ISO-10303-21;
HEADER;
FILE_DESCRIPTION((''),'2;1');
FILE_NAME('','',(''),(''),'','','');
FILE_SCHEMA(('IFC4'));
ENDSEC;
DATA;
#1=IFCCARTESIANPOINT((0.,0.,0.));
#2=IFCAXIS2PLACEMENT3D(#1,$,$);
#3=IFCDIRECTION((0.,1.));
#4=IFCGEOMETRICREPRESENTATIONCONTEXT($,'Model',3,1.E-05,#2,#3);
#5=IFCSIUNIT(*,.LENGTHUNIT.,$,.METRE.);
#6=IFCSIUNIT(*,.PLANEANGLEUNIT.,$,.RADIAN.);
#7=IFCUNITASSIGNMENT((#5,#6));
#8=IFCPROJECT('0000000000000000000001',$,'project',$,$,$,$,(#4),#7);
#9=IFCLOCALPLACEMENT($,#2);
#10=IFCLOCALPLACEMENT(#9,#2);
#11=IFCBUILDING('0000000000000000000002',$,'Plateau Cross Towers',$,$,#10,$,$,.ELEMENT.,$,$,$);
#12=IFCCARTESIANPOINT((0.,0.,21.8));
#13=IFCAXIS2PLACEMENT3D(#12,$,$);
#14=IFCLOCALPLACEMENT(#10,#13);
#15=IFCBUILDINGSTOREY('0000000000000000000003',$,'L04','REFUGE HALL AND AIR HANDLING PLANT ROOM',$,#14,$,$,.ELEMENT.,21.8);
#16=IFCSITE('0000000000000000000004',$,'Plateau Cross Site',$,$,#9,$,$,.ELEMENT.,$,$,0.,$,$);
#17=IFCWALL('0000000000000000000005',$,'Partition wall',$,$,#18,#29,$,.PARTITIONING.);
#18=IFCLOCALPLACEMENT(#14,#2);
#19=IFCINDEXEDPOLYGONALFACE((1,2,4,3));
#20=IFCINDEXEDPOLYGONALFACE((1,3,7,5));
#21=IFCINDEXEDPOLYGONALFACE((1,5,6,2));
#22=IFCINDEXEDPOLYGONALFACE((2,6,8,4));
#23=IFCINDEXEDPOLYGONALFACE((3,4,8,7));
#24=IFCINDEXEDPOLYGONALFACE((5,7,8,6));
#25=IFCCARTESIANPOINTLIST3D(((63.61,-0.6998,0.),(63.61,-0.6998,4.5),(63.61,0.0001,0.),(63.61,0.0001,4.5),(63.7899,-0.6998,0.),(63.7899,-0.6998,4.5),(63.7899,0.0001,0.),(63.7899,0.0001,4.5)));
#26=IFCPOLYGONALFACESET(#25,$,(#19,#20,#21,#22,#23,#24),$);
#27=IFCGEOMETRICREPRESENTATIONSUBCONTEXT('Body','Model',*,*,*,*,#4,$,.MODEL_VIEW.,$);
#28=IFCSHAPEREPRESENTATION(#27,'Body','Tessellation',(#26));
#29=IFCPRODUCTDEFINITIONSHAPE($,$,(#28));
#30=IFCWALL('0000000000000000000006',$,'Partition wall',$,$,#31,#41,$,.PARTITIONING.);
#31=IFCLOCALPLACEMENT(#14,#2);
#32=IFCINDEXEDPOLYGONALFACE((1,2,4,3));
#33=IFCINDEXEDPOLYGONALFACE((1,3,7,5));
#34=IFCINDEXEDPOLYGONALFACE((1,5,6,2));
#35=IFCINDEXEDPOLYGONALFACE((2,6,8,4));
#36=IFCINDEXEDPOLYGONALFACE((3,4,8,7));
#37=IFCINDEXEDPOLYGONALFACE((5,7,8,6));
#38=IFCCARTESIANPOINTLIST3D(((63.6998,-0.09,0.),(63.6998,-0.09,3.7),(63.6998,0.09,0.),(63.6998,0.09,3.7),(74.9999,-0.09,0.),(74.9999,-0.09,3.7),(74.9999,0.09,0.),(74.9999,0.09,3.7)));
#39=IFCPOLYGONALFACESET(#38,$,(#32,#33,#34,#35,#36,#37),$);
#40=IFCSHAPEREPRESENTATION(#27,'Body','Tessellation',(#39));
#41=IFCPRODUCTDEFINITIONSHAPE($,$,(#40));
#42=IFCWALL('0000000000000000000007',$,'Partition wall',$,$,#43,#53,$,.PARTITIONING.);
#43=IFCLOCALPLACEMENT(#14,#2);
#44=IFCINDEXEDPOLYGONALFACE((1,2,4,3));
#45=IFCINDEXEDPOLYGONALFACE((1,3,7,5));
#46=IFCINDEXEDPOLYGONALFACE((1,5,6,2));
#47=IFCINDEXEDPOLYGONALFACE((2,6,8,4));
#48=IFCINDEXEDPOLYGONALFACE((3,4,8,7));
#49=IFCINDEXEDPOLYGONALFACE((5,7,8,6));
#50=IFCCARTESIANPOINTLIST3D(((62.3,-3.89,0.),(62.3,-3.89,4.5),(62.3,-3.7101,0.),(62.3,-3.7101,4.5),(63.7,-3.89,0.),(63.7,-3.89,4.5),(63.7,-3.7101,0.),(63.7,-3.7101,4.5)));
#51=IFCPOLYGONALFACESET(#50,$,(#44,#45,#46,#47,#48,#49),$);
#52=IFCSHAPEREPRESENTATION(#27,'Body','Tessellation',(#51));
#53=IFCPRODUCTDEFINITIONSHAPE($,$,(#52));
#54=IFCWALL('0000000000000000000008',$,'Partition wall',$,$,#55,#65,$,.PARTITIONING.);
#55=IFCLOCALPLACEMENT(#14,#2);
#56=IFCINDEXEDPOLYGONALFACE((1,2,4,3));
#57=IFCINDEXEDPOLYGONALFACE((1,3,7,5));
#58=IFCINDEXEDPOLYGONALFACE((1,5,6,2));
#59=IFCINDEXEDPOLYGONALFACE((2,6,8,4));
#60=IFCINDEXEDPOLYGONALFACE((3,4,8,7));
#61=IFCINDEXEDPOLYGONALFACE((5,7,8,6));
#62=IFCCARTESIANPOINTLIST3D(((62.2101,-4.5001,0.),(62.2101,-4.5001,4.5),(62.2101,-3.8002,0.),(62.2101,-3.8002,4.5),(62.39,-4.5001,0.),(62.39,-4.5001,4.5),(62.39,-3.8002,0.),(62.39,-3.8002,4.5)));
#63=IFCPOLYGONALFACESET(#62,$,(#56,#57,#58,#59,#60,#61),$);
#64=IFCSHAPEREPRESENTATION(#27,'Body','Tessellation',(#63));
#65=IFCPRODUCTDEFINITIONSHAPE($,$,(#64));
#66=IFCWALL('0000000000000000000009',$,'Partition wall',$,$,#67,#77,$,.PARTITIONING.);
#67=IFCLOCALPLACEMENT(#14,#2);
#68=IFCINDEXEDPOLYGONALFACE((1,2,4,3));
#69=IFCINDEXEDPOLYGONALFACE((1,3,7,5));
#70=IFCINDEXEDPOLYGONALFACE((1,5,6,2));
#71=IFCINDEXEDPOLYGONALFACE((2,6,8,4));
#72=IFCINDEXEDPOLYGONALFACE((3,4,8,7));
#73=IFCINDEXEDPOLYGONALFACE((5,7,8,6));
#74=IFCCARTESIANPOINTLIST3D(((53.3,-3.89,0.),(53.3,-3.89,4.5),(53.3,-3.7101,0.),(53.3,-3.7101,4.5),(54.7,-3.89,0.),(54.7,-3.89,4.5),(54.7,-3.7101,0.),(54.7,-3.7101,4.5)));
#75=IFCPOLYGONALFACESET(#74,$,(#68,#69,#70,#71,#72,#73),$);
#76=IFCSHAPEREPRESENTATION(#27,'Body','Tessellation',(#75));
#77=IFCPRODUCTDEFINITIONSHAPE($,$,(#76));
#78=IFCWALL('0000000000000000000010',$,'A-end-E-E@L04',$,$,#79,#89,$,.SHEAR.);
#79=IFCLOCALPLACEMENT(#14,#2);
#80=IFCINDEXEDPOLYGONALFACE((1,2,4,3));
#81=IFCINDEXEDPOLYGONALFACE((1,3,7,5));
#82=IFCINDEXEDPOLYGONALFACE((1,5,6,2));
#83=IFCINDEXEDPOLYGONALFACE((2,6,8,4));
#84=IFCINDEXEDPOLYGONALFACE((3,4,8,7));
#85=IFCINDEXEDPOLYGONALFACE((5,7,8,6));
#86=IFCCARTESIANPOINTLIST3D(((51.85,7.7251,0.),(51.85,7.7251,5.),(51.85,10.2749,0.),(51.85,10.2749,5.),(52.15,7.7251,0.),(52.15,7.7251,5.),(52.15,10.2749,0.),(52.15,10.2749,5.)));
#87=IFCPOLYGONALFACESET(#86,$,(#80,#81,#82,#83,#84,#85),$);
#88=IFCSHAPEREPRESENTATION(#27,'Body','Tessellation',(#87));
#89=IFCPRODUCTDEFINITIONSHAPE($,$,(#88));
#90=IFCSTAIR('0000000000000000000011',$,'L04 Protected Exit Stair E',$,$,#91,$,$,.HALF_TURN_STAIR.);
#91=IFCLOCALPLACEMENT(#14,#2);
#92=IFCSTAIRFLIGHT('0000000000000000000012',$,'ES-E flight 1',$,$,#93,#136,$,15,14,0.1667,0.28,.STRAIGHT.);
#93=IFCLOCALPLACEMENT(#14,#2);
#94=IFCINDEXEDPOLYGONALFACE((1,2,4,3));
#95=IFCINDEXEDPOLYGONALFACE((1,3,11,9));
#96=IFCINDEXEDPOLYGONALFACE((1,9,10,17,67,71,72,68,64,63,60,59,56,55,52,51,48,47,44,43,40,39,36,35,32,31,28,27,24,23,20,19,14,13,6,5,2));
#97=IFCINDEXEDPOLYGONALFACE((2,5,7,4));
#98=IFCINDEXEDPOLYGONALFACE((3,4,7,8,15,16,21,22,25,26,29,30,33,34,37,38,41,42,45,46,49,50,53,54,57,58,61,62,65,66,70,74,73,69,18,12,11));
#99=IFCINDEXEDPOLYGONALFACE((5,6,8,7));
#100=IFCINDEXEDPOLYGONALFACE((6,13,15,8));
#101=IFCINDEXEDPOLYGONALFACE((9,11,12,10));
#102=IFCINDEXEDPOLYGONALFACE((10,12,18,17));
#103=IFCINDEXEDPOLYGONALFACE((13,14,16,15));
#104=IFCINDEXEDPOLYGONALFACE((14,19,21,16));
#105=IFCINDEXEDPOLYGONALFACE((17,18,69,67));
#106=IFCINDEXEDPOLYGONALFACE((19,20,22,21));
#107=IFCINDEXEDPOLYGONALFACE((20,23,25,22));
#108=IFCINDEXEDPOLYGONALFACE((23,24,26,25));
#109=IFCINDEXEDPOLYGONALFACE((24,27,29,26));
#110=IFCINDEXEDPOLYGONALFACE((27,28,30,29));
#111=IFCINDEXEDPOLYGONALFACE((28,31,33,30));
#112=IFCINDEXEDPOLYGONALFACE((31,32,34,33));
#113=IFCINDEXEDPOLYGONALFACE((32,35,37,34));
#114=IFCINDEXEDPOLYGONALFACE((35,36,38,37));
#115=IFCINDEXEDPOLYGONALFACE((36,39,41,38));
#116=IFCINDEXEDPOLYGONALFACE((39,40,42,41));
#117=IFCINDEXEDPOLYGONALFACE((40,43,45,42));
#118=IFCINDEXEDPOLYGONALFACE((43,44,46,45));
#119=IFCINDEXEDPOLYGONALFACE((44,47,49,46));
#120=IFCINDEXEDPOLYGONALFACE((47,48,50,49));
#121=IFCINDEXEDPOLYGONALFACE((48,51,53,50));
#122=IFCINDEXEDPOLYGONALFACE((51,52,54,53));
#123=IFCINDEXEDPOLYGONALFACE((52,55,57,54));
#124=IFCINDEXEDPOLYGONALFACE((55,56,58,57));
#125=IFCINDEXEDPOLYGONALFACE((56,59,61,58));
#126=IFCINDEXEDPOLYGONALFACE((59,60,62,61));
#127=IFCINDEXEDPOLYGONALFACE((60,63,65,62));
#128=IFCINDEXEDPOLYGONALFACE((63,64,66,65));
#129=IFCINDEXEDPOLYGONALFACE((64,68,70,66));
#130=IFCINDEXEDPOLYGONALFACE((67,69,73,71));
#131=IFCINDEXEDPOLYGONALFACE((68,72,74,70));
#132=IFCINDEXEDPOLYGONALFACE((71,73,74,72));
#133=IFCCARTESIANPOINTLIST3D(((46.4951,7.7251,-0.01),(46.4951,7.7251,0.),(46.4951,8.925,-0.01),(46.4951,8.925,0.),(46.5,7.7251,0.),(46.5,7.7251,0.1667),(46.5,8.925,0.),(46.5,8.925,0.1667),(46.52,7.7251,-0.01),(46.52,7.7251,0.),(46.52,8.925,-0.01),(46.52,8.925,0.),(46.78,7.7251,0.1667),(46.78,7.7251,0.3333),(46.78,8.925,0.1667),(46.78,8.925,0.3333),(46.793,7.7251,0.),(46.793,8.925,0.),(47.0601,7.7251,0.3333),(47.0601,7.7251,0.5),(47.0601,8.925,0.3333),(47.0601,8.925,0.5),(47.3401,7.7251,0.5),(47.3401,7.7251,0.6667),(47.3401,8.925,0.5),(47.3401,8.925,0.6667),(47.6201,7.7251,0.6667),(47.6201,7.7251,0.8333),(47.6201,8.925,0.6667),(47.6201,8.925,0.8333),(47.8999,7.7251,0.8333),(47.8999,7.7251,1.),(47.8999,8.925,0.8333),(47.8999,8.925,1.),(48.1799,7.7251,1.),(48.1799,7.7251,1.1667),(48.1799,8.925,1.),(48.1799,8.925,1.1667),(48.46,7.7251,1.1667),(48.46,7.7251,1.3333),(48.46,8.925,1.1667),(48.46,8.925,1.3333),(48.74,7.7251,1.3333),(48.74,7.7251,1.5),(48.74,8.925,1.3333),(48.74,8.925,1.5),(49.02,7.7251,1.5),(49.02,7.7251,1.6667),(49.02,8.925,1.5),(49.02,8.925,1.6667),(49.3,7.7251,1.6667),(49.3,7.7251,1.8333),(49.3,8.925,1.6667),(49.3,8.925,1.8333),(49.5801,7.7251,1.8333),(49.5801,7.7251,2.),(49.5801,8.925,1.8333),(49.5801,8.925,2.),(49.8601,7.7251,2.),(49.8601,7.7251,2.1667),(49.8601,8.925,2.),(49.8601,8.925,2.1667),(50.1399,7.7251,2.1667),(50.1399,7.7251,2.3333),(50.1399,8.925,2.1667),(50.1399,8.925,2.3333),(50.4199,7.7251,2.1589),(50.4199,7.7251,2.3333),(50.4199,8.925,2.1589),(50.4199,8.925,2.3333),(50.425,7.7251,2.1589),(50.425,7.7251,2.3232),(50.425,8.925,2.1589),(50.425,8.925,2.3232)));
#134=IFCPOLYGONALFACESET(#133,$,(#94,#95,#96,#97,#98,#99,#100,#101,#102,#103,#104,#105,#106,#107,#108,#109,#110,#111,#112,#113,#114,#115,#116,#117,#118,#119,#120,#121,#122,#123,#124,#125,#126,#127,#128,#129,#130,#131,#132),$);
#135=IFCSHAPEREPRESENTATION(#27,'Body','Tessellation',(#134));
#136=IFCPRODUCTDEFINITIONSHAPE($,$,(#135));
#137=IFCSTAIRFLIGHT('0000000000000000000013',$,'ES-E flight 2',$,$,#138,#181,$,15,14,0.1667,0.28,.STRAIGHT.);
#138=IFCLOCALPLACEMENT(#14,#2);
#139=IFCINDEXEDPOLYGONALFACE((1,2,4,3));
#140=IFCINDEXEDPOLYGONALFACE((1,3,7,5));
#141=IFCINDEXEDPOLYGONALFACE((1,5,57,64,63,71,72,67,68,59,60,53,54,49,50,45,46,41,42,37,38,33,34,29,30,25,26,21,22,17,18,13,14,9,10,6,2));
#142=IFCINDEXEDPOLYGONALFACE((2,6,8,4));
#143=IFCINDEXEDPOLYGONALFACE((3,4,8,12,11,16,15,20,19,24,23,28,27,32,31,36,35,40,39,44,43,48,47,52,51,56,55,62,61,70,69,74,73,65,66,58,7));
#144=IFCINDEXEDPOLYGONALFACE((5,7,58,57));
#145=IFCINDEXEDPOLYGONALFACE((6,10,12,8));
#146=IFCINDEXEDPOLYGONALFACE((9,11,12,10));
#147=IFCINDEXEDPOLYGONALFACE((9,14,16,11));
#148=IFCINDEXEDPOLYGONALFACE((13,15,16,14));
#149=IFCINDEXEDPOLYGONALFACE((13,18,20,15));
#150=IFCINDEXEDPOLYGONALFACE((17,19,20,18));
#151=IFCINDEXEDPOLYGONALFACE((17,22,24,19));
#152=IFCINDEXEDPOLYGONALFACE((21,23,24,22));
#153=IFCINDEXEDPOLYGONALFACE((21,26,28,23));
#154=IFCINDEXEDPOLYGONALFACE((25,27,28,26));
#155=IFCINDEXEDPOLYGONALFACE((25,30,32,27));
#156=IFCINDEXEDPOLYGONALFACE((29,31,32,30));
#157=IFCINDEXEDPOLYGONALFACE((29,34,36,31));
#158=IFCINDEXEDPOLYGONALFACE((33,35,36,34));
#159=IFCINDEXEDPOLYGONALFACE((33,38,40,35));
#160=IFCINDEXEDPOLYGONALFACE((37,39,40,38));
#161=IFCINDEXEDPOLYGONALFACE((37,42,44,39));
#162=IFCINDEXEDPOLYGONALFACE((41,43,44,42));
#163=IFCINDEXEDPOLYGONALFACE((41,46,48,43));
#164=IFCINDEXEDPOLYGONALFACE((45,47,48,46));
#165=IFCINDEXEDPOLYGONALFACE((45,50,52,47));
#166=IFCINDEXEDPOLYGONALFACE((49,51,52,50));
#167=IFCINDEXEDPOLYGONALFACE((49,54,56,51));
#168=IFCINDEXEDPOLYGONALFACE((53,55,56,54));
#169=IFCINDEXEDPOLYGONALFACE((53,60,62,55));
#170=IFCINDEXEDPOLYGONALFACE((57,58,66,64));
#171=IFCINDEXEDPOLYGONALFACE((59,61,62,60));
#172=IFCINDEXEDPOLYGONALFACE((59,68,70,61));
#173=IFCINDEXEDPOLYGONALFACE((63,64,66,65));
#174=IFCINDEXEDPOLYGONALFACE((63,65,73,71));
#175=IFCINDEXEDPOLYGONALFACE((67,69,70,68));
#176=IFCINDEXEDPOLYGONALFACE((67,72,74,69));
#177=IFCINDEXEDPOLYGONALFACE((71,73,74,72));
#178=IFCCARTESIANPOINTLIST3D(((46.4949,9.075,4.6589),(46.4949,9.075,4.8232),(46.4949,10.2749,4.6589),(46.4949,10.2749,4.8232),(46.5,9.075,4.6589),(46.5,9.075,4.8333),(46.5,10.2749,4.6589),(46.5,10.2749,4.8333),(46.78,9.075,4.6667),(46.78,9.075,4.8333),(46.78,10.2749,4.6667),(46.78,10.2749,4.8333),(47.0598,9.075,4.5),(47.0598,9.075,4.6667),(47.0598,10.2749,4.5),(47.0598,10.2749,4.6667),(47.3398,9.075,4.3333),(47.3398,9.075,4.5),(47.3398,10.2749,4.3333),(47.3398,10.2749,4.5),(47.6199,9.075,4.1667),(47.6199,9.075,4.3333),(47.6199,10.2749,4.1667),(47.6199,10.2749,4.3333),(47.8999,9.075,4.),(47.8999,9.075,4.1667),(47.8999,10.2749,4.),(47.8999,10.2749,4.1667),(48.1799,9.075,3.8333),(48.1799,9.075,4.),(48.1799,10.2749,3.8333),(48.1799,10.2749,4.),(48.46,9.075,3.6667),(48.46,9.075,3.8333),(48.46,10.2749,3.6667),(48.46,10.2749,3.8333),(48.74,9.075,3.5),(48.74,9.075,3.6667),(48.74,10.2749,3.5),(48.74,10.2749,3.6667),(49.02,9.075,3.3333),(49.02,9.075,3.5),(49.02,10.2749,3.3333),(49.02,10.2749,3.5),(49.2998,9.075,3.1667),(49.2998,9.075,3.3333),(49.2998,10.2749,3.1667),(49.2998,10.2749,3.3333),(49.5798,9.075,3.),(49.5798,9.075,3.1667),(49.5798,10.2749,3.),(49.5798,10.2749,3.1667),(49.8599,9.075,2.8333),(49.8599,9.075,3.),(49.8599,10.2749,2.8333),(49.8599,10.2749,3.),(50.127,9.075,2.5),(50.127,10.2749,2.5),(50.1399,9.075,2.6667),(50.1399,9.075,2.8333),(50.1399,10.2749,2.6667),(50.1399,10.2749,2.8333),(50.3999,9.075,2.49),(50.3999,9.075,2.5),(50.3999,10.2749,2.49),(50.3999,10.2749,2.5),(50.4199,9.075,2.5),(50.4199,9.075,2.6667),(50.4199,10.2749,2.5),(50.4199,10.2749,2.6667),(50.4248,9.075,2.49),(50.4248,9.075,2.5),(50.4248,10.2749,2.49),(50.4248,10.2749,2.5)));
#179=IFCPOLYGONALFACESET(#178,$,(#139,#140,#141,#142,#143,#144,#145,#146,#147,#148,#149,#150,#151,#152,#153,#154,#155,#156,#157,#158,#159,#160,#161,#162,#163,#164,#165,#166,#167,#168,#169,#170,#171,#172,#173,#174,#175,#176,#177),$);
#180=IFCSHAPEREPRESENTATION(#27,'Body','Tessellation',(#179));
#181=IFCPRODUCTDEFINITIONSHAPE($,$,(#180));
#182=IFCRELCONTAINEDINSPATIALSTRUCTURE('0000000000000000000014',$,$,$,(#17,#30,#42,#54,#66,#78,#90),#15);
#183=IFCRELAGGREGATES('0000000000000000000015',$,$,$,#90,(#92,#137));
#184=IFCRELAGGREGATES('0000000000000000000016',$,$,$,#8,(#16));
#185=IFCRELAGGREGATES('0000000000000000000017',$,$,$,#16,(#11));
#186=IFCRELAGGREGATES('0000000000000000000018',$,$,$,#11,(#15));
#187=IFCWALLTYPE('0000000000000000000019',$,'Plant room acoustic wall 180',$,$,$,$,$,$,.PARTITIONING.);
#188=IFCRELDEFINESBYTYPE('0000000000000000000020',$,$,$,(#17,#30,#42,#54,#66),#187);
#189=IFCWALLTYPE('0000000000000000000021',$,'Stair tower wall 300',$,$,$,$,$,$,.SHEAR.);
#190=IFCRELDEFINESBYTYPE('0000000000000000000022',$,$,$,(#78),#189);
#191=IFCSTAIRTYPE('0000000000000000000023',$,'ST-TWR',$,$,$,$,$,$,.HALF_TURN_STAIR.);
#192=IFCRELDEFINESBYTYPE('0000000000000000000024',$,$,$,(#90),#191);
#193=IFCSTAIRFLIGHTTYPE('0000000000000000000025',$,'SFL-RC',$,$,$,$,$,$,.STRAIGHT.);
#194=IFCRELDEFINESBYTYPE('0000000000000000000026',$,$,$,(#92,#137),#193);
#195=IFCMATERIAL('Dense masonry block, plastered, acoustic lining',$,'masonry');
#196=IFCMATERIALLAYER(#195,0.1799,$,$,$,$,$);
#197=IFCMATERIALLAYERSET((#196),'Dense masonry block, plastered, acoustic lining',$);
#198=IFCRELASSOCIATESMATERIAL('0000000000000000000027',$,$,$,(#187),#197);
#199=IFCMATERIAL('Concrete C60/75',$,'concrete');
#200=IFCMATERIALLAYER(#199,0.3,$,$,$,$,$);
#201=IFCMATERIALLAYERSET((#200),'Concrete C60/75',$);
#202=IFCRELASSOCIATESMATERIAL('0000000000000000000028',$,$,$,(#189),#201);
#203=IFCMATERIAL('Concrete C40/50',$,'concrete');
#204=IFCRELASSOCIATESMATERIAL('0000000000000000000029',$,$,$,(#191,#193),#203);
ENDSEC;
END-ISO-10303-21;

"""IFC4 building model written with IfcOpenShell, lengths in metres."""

from ifc_helpers import new_model, si_unit, direction, frame, frame_2d, origin, place, context, subcontext, project, spatial, polyline, rectangle, outline, extrude, material, layer, layer_set, type_object, element, aggregate, save


model = new_model("IFC4")

# Units and contexts
model_context = context("Model", 3, precision=1e-05, world=origin(), true_north=direction((0.0, 1.0)))
body_context = subcontext(model_context, "Body", "Model", "MODEL_VIEW")
ifc_project = project(units=[si_unit("LENGTHUNIT", "METRE"), si_unit("PLANEANGLEUNIT", "RADIAN")], contexts=[model_context])

# Site, building, storey
site_placement = place(None, origin())
site = spatial("IfcSite", under=ifc_project, at=site_placement, Name="Plateau Cross Site", CompositionType="ELEMENT", RefElevation=0.0)
building_placement = place(site_placement, origin())
building = spatial("IfcBuilding", under=site, at=building_placement, Name="Plateau Cross Towers", CompositionType="ELEMENT")
storey_placement = place(building_placement, frame((0.0, 0.0, 21.8)))
storey = spatial("IfcBuildingStorey", under=building, at=storey_placement, Name="L04", Description="REFUGE HALL AND AIR HANDLING PLANT ROOM", CompositionType="ELEMENT", Elevation=21.8)

# Shared definitions
ifc_material_1 = material(Name="Concrete C60/75", Category="concrete")

# Shared definitions
ifc_material_2 = material(Name="Dense masonry block, plastered, acoustic lining", Category="masonry")
ifc_layer_1 = layer(ifc_material_2, 0.1799)
ifc_layer_set_1 = layer_set([ifc_layer_1], Name="Dense masonry block, plastered, acoustic lining")
wall_type_1 = type_object("IfcWallType", Name="Plant room acoustic wall 180", PredefinedType="PARTITIONING", material=ifc_layer_set_1)

# Walls
wall_1_placement = place(storey_placement, frame((63.7, -0.7, 0.0), z_axis=(0.0, 0.0, 1.0), x_axis=(0.0, 1.0, 0.0)))
element("IfcWall", 1, at=wall_1_placement, inside=storey, type_object=wall_type_1, Name="Partition wall", PredefinedType="PARTITIONING", context=body_context, shape_type="SweptSolid", body=[
    extrude(rectangle(XDim=0.7, YDim=0.1799, at=frame_2d((0.3501, 0.0))), origin(), (0.0, 0.0, 1.0), 4.5),
])
wall_2_placement = place(storey_placement, frame((63.7, 0.0, 0.0), z_axis=(0.0, 0.0, 1.0), x_axis=(1.0, 0.0, 0.0)))
element("IfcWall", 2, at=wall_2_placement, inside=storey, type_object=wall_type_1, Name="Partition wall", PredefinedType="PARTITIONING", context=body_context, shape_type="SweptSolid", body=[
    extrude(rectangle(XDim=11.3, YDim=0.1799, at=frame_2d((5.6499, 0.0))), origin(), (0.0, 0.0, 1.0), 3.7),
])
wall_3_placement = place(storey_placement, frame((63.7, -3.8, 0.0), z_axis=(0.0, 0.0, 1.0), x_axis=(-1.0, 0.0, 0.0)))
element("IfcWall", 3, at=wall_3_placement, inside=storey, type_object=wall_type_1, Name="Partition wall", PredefinedType="PARTITIONING", context=body_context, shape_type="SweptSolid", body=[
    extrude(rectangle(XDim=1.3999, YDim=0.1799, at=frame_2d((0.7, 0.0))), origin(), (0.0, 0.0, 1.0), 4.5),
])
wall_4_placement = place(storey_placement, frame((62.3, -3.8, 0.0), z_axis=(0.0, 0.0, 1.0), x_axis=(0.0, -1.0, 0.0)))
element("IfcWall", 4, at=wall_4_placement, inside=storey, type_object=wall_type_1, Name="Partition wall", PredefinedType="PARTITIONING", context=body_context, shape_type="SweptSolid", body=[
    extrude(rectangle(XDim=0.7, YDim=0.1799, at=frame_2d((0.3501, 0.0))), origin(), (0.0, 0.0, 1.0), 4.5),
])
wall_5_placement = place(storey_placement, frame((54.7, -3.8, 0.0), z_axis=(0.0, 0.0, 1.0), x_axis=(-1.0, 0.0, 0.0)))
element("IfcWall", 5, at=wall_5_placement, inside=storey, type_object=wall_type_1, Name="Partition wall", PredefinedType="PARTITIONING", context=body_context, shape_type="SweptSolid", body=[
    extrude(rectangle(XDim=1.3999, YDim=0.1799, at=frame_2d((0.7, 0.0))), origin(), (0.0, 0.0, 1.0), 4.5),
])
ifc_layer_2 = layer(ifc_material_1, 0.3)
ifc_layer_set_2 = layer_set([ifc_layer_2], Name="Concrete C60/75")
wall_type_2 = type_object("IfcWallType", Name="Stair tower wall 300", PredefinedType="SHEAR", material=ifc_layer_set_2)
wall_6_placement = place(storey_placement, frame((52.0, 7.7251, 0.0), z_axis=(0.0, 0.0, 1.0), x_axis=(0.0, 1.0, 0.0)))
element("IfcWall", 6, at=wall_6_placement, inside=storey, type_object=wall_type_2, Name="A-end-E-E@L04", PredefinedType="SHEAR", context=body_context, shape_type="SweptSolid", body=[
    extrude(rectangle(XDim=2.5498, YDim=0.3, at=frame_2d((1.2749, 0.0))), origin(), (0.0, 0.0, 1.0), 5.0),
])

# Stair, stair flights
ifc_material_3 = material(Name="Concrete C40/50", Category="concrete")
stair_type = type_object("IfcStairType", Name="ST-TWR", PredefinedType="HALF_TURN_STAIR", material=ifc_material_3)
stair_placement = place(storey_placement, origin())
stair = element("IfcStair", 7, at=stair_placement, inside=storey, type_object=stair_type, Name="L04 Protected Exit Stair E", PredefinedType="HALF_TURN_STAIR")
stair_flight_type = type_object("IfcStairFlightType", Name="SFL-RC", PredefinedType="STRAIGHT", material=ifc_material_3)
stair_flight_1_placement = place(storey_placement, frame((46.5, 8.325, 0.0), z_axis=(0.0, 0.0, 1.0), x_axis=(1.0, 0.0, 0.0)))
stair_flight_1 = element("IfcStairFlight", 8, at=stair_flight_1_placement, type_object=stair_flight_type, Name="ES-E flight 1", NumberOfRisers=15, NumberOfTreads=14, PredefinedType="STRAIGHT", RiserHeight=0.1667, TreadLength=0.28, context=body_context, shape_type="SweptSolid", body=[
    extrude(outline(polyline([(-0.0049, -0.01), (-0.0049, 0.0), (0.0, 0.0), (0.0, 0.1667), (0.28, 0.1667), (0.28, 0.3333), (0.5601, 0.3333), (0.5601, 0.5), (0.8401, 0.5), (0.8401, 0.6667), (1.1201, 0.6667), (1.1201, 0.8333), (1.3999, 0.8333), (1.3999, 1.0), (1.6799, 1.0), (1.6799, 1.1667), (1.96, 1.1667), (1.96, 1.3333), (2.24, 1.3333), (2.24, 1.5), (2.52, 1.5), (2.52, 1.6667), (2.8, 1.6667), (2.8, 1.8333), (3.0801, 1.8333), (3.0801, 2.0), (3.3601, 2.0), (3.3601, 2.1667), (3.6399, 2.1667), (3.6399, 2.3333), (3.9199, 2.3333), (3.925, 2.3232), (3.925, 2.1589), (3.9199, 2.1589), (0.293, 0.0), (0.02, 0.0), (0.02, -0.01), (-0.0049, -0.01)])), frame((0.0, 0.6001, 0.0), z_axis=(0.0, -1.0, 0.0), x_axis=(1.0, 0.0, 0.0)), (0.0, 0.0, 1.0), 1.2),
])
stair_flight_2_placement = place(storey_placement, frame((50.4199, 9.675, 2.5), z_axis=(0.0, 0.0, 1.0), x_axis=(-1.0, 0.0, 0.0)))
stair_flight_2 = element("IfcStairFlight", 9, at=stair_flight_2_placement, type_object=stair_flight_type, Name="ES-E flight 2", NumberOfRisers=15, NumberOfTreads=14, PredefinedType="STRAIGHT", RiserHeight=0.1667, TreadLength=0.28, context=body_context, shape_type="SweptSolid", body=[
    extrude(outline(polyline([(-0.0049, -0.01), (-0.0049, 0.0), (0.0, 0.0), (0.0, 0.1667), (0.28, 0.1667), (0.28, 0.3333), (0.5601, 0.3333), (0.5601, 0.5), (0.8401, 0.5), (0.8401, 0.6667), (1.1201, 0.6667), (1.1201, 0.8333), (1.3999, 0.8333), (1.3999, 1.0), (1.6799, 1.0), (1.6799, 1.1667), (1.96, 1.1667), (1.96, 1.3333), (2.24, 1.3333), (2.24, 1.5), (2.52, 1.5), (2.52, 1.6667), (2.8, 1.6667), (2.8, 1.8333), (3.0801, 1.8333), (3.0801, 2.0), (3.3601, 2.0), (3.3601, 2.1667), (3.6399, 2.1667), (3.6399, 2.3333), (3.9199, 2.3333), (3.925, 2.3232), (3.925, 2.1589), (3.9199, 2.1589), (0.293, 0.0), (0.02, 0.0), (0.02, -0.01), (-0.0049, -0.01)])), frame((0.0, 0.6001, 0.0), z_axis=(0.0, -1.0, 0.0), x_axis=(1.0, 0.0, 0.0)), (0.0, 0.0, 1.0), 1.2),
])
aggregate(stair, [stair_flight_1, stair_flight_2])

save(model, "model.ifc")
